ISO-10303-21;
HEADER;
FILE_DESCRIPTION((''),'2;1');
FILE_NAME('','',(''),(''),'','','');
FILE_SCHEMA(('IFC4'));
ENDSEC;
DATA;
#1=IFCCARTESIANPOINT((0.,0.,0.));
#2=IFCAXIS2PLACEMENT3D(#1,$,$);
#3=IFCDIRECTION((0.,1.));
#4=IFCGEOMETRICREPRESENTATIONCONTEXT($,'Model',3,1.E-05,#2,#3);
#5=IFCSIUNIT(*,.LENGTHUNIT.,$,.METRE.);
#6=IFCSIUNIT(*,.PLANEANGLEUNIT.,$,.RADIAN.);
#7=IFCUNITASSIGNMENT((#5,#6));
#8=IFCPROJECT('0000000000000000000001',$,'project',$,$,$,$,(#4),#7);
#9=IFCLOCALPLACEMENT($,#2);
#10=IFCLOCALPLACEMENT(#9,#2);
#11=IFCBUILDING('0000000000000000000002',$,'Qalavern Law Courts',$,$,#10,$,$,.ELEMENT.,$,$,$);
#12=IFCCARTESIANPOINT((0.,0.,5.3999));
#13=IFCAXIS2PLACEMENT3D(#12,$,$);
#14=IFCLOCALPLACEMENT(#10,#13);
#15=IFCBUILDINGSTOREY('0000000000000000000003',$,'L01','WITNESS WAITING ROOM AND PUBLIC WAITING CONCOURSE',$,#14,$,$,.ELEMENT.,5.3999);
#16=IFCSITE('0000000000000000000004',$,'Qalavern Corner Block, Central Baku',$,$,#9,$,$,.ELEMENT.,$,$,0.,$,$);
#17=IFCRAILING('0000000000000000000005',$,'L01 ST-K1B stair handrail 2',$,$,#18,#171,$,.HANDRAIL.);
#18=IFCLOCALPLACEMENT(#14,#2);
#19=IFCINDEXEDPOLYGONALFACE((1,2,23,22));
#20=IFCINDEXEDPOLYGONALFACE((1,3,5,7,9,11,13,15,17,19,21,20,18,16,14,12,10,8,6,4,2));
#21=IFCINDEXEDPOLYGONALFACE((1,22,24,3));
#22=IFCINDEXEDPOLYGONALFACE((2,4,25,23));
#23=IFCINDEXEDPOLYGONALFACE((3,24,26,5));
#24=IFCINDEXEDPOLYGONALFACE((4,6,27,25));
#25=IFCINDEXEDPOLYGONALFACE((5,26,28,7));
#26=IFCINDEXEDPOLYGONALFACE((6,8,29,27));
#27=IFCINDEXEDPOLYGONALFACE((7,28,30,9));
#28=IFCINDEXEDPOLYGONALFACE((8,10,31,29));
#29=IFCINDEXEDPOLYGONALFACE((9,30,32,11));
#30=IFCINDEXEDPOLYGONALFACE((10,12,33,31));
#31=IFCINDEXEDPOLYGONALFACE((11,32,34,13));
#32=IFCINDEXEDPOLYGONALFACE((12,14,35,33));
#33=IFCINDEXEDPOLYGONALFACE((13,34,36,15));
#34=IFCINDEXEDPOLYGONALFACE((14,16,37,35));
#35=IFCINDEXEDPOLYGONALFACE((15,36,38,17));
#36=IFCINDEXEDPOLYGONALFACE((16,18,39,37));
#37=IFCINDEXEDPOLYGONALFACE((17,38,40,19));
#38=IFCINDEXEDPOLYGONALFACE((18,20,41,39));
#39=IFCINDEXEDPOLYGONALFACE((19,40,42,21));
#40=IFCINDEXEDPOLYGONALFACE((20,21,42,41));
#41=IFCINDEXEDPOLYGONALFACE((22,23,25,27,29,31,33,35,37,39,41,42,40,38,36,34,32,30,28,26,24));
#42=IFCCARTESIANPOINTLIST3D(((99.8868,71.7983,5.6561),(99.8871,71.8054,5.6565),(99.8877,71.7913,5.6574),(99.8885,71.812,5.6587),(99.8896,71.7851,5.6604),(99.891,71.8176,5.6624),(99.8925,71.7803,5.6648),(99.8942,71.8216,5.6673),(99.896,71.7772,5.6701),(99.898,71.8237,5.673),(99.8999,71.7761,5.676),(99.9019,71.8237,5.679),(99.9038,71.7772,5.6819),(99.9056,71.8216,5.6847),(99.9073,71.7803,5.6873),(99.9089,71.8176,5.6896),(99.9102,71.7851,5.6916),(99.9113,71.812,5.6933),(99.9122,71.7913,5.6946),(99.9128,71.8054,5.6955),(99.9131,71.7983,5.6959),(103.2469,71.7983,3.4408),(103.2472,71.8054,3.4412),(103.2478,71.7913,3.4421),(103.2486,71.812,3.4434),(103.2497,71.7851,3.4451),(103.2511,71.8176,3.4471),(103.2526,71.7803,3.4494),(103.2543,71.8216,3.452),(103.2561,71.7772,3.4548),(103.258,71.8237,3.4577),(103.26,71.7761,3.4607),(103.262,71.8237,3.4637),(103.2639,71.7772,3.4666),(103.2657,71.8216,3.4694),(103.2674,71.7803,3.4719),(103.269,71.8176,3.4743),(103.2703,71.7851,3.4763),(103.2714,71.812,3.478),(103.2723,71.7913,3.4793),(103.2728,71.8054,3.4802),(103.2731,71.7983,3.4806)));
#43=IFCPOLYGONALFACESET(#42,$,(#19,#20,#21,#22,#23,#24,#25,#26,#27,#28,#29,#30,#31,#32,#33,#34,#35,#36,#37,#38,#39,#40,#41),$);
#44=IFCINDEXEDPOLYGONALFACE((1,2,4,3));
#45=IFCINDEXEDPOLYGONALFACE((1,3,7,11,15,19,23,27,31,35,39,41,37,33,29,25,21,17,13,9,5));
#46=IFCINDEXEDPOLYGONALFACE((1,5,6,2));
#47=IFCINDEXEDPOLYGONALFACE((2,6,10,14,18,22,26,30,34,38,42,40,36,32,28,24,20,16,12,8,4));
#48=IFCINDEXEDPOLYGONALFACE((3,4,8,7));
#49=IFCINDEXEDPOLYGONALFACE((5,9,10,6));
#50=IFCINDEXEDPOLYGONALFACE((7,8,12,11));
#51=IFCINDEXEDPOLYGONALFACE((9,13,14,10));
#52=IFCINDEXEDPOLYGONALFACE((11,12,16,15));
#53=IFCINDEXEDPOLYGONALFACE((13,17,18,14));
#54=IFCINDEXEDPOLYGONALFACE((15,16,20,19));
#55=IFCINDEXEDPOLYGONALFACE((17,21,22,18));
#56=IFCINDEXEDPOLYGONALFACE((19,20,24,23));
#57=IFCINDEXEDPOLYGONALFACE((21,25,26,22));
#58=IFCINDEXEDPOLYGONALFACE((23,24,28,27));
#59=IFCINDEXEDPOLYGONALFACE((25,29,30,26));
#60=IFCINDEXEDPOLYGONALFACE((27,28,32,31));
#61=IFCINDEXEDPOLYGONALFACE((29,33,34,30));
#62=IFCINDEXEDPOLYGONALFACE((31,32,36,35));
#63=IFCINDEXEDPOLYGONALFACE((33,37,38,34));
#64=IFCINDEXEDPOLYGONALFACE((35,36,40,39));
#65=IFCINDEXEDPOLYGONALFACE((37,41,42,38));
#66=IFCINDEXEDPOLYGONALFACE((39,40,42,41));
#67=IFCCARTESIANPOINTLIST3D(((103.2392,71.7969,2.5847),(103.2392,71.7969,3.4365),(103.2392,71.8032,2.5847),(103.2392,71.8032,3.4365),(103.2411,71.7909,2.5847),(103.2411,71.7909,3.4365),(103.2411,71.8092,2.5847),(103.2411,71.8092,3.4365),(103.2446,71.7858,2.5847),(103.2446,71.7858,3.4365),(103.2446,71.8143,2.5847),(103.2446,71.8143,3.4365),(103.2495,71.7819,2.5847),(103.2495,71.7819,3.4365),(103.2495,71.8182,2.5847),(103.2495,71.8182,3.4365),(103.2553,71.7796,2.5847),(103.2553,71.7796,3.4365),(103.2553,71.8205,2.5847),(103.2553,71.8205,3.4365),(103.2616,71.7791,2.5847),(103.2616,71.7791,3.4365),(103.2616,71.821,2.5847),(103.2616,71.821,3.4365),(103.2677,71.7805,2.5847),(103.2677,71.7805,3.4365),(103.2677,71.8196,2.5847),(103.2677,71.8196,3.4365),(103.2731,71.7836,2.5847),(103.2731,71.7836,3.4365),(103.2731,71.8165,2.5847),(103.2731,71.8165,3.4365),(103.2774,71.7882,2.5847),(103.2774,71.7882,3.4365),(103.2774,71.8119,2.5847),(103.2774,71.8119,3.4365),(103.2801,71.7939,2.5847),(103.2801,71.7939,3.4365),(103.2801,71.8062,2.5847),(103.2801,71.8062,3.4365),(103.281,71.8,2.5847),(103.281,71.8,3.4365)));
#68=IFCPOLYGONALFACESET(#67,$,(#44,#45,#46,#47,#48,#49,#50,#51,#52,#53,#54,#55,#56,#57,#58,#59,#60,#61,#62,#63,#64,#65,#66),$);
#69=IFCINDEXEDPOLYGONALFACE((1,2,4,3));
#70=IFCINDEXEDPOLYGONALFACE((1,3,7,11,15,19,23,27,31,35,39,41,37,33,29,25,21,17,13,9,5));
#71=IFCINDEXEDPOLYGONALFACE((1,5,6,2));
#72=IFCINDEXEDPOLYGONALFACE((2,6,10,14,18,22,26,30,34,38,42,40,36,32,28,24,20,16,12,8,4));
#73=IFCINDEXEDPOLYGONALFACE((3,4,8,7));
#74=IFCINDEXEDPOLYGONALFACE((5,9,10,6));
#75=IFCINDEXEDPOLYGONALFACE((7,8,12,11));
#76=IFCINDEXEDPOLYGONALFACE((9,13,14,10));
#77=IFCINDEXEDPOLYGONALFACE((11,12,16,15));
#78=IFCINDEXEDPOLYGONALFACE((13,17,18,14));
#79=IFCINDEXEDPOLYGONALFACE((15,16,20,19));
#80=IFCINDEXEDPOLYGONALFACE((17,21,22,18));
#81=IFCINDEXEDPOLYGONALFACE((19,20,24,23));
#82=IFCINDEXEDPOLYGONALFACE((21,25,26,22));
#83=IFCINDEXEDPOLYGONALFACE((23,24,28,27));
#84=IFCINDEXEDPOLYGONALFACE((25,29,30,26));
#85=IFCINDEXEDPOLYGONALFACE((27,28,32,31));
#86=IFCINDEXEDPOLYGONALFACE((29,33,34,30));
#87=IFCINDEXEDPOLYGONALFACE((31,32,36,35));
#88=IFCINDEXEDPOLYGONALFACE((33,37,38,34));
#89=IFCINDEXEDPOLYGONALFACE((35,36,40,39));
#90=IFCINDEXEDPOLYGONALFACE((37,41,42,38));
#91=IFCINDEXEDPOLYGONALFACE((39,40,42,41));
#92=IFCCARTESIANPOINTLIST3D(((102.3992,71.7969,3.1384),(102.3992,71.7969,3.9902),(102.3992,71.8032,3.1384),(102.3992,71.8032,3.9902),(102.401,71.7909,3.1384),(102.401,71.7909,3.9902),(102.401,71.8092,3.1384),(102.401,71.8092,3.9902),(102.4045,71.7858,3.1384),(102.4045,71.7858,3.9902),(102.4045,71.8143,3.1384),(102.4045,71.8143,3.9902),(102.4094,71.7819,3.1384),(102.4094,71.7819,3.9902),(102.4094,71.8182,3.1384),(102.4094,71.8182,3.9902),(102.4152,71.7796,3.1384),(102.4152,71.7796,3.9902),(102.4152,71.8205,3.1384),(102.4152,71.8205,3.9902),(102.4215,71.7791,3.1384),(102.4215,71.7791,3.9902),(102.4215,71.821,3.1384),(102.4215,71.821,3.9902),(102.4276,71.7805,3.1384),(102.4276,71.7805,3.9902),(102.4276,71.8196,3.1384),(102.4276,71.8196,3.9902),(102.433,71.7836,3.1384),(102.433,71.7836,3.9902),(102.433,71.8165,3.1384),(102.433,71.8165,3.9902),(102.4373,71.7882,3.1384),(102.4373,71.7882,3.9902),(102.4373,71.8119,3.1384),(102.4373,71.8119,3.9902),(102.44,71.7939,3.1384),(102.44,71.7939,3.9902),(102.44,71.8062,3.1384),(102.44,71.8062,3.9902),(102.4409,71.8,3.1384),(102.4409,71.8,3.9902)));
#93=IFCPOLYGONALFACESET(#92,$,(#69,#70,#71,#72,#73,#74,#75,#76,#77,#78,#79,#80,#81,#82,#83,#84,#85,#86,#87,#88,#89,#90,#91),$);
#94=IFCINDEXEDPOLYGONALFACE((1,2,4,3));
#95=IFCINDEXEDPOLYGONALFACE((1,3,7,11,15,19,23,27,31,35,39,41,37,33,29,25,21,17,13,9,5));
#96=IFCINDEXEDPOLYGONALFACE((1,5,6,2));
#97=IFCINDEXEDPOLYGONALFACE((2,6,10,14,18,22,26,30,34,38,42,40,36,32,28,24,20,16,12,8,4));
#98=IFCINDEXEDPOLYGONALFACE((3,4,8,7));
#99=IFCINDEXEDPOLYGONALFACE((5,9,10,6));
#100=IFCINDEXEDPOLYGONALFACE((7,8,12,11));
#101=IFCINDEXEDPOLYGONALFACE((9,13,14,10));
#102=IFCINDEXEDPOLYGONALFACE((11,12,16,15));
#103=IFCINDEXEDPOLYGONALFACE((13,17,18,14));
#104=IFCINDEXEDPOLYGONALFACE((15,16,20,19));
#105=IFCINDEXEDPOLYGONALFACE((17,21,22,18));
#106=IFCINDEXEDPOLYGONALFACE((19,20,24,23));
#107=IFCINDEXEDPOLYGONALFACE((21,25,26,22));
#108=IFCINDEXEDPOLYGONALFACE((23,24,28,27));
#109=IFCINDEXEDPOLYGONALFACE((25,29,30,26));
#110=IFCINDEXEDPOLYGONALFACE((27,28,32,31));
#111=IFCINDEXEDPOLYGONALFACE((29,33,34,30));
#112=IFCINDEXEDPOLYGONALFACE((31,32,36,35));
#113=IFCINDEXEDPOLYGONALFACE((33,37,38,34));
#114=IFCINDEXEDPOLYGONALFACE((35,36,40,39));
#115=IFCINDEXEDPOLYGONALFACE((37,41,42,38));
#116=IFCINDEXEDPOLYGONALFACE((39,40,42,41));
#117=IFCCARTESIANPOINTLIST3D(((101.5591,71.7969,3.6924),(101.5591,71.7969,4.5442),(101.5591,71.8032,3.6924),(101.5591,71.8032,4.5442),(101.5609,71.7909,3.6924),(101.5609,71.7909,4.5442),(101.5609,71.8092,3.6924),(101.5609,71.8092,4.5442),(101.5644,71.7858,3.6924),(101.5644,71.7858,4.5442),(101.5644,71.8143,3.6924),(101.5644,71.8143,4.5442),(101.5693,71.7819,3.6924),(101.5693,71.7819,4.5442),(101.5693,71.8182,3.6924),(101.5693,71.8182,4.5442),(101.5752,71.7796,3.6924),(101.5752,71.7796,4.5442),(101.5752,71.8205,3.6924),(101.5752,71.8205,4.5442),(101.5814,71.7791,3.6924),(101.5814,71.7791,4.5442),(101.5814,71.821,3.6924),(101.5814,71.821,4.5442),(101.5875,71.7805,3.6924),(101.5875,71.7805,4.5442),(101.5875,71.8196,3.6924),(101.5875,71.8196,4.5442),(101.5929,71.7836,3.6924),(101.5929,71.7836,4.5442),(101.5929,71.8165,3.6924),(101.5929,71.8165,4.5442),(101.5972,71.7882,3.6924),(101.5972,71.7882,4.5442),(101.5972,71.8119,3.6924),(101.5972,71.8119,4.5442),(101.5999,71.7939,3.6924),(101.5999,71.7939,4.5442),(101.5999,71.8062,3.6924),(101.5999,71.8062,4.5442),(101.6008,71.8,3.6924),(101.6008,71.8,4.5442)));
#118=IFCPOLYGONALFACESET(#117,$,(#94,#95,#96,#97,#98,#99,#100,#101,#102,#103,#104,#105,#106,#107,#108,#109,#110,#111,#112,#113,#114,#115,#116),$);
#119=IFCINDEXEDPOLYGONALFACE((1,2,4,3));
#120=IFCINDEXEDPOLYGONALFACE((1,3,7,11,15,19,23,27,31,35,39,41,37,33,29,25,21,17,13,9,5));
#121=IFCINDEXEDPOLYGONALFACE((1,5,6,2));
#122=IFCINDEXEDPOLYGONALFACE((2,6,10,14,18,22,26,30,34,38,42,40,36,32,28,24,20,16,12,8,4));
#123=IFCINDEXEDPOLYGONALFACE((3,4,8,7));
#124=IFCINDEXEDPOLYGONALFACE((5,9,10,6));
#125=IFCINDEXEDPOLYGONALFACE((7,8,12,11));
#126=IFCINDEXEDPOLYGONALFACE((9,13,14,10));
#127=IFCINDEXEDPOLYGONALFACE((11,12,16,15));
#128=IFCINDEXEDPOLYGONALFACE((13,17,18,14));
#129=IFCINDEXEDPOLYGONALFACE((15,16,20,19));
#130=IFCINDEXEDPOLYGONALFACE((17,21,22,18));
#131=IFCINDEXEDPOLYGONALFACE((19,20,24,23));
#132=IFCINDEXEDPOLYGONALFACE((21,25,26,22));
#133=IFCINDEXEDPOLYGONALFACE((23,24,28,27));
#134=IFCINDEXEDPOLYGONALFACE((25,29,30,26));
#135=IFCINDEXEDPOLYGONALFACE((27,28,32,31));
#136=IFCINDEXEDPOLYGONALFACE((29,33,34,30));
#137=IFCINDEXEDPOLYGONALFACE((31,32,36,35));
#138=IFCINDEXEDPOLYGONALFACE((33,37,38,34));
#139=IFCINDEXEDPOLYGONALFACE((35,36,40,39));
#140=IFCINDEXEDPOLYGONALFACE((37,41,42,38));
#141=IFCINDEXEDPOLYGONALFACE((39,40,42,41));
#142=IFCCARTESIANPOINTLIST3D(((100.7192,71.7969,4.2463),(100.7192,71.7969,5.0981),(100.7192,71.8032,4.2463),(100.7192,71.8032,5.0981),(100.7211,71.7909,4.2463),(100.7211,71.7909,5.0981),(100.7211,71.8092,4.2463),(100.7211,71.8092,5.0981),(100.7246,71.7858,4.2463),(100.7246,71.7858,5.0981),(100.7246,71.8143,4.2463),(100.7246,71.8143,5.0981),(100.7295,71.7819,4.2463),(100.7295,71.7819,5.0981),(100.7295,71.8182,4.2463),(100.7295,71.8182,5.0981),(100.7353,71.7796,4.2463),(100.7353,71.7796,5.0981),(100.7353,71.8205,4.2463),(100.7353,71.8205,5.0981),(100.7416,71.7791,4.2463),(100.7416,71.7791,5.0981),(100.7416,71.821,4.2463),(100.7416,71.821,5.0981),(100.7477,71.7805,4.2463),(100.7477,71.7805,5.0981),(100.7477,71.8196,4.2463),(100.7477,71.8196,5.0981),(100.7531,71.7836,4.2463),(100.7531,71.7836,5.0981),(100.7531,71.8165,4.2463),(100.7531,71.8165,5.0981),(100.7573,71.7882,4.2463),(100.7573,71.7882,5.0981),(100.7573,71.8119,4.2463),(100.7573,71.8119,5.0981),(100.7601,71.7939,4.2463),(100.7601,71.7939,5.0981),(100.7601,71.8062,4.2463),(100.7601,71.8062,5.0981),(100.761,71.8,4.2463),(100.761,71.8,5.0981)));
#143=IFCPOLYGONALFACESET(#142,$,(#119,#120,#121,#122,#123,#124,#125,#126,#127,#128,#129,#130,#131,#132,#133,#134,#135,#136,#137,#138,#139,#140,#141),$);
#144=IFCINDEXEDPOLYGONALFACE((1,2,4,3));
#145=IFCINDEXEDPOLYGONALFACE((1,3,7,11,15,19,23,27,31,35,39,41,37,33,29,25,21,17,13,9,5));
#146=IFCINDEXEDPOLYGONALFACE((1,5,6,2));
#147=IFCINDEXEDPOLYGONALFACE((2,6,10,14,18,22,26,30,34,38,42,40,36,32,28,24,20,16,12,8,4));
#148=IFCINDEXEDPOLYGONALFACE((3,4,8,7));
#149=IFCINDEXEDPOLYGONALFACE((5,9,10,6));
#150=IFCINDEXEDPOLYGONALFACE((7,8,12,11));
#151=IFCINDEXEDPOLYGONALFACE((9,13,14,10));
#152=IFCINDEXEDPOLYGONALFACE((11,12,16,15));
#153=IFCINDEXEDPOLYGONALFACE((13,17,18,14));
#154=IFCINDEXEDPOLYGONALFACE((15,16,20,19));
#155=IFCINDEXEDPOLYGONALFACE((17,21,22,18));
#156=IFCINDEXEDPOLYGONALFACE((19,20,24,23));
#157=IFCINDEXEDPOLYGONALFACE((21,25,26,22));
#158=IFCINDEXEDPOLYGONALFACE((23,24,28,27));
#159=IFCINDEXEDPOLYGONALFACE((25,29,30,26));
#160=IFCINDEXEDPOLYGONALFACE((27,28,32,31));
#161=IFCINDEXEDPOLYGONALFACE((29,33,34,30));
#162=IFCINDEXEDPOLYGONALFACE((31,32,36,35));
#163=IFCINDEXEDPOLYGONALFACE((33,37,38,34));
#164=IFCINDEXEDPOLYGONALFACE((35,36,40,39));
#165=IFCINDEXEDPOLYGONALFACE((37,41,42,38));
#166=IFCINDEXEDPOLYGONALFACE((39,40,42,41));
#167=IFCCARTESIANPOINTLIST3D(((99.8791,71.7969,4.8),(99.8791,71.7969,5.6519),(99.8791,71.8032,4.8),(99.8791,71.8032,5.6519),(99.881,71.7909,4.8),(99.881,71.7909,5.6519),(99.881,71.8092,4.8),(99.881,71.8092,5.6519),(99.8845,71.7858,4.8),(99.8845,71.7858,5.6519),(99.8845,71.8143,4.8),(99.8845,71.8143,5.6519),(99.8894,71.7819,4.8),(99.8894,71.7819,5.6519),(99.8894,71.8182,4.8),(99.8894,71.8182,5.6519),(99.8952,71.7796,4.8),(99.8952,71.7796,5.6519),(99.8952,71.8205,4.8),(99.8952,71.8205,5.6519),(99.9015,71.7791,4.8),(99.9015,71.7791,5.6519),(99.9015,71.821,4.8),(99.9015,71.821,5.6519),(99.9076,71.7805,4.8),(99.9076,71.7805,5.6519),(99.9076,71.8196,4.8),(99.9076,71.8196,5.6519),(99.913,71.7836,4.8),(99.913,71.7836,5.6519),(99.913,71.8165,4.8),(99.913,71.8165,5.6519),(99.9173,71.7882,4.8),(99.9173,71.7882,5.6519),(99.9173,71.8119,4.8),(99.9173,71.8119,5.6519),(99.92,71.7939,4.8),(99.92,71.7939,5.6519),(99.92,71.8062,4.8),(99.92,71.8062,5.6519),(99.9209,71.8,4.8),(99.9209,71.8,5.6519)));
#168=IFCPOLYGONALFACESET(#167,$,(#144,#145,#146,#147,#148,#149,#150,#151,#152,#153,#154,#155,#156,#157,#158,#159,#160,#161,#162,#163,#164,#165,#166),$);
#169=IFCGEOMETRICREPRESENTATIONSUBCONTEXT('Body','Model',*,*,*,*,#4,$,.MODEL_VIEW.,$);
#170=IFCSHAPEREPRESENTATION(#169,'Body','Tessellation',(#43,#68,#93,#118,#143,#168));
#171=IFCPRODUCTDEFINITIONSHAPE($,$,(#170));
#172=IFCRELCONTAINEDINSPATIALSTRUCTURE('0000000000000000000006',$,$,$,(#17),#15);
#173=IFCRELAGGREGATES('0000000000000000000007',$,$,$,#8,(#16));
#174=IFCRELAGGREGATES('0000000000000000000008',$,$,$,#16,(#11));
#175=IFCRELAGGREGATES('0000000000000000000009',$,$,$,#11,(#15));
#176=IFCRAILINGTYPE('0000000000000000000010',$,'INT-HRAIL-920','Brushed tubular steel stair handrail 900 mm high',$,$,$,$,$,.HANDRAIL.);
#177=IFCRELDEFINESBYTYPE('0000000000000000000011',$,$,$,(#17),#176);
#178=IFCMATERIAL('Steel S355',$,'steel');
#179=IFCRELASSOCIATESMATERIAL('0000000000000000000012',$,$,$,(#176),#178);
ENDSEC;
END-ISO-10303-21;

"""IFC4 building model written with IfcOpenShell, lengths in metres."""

from ifc_helpers import new_model, si_unit, direction, frame, origin, origin_2d, place, context, subcontext, project, spatial, circle, extrude, material, type_object, element, save


model = new_model("IFC4")

# Units and contexts
model_context = context("Model", 3, precision=1e-05, world=origin(), true_north=direction((0.0, 1.0)))
body_context = subcontext(model_context, "Body", "Model", "MODEL_VIEW")
ifc_project = project(units=[si_unit("LENGTHUNIT", "METRE"), si_unit("PLANEANGLEUNIT", "RADIAN")], contexts=[model_context])

# Site, building, storey
site_placement = place(None, origin())
site = spatial("IfcSite", under=ifc_project, at=site_placement, Name="Qalavern Corner Block, Central Baku", CompositionType="ELEMENT", RefElevation=0.0)
building_placement = place(site_placement, origin())
building = spatial("IfcBuilding", under=site, at=building_placement, Name="Qalavern Law Courts", CompositionType="ELEMENT")
storey_placement = place(building_placement, frame((0.0, 0.0, 5.3999)))
storey = spatial("IfcBuildingStorey", under=building, at=storey_placement, Name="L01", Description="WITNESS WAITING ROOM AND PUBLIC WAITING CONCOURSE", CompositionType="ELEMENT", Elevation=5.3999)

# Shared definitions
ifc_material_1 = material(Name="Steel S355", Category="steel")

# Railing
railing_type_1 = type_object("IfcRailingType", Name="INT-HRAIL-920", Description="Brushed tubular steel stair handrail 900 mm high", PredefinedType="HANDRAIL", material=ifc_material_1)
railing_1_placement = place(storey_placement, frame((103.26, 71.8, 2.5847)))
element("IfcRailing", 1, at=railing_1_placement, inside=storey, type_object=railing_type_1, Name="L01 ST-K1B stair handrail 2", PredefinedType="HANDRAIL", context=body_context, shape_type="SweptSolid", body=[
    extrude(circle(Radius=0.0239, at=origin_2d()), frame((0.0, 0.0, 0.876), z_axis=(-0.834876, 0.0, 0.550437), x_axis=(0.0, -1.0, 0.0)), (0.0, 0.0, 1.0), 4.0247),
    extrude(circle(Radius=0.021, at=origin_2d()), origin(), (0.0, 0.0, 1.0), 0.8518),
    extrude(circle(Radius=0.021, at=origin_2d()), frame((-0.8401, 0.0, 0.5537)), (0.0, 0.0, 1.0), 0.8518),
    extrude(circle(Radius=0.021, at=origin_2d()), frame((-1.6802, 0.0, 1.1077)), (0.0, 0.0, 1.0), 0.8518),
    extrude(circle(Radius=0.021, at=origin_2d()), frame((-2.52, 0.0, 1.6616)), (0.0, 0.0, 1.0), 0.8518),
    extrude(circle(Radius=0.021, at=origin_2d()), frame((-3.3601, 0.0, 2.2153)), (0.0, 0.0, 1.0), 0.8518),
])

save(model, "model.ifc")
